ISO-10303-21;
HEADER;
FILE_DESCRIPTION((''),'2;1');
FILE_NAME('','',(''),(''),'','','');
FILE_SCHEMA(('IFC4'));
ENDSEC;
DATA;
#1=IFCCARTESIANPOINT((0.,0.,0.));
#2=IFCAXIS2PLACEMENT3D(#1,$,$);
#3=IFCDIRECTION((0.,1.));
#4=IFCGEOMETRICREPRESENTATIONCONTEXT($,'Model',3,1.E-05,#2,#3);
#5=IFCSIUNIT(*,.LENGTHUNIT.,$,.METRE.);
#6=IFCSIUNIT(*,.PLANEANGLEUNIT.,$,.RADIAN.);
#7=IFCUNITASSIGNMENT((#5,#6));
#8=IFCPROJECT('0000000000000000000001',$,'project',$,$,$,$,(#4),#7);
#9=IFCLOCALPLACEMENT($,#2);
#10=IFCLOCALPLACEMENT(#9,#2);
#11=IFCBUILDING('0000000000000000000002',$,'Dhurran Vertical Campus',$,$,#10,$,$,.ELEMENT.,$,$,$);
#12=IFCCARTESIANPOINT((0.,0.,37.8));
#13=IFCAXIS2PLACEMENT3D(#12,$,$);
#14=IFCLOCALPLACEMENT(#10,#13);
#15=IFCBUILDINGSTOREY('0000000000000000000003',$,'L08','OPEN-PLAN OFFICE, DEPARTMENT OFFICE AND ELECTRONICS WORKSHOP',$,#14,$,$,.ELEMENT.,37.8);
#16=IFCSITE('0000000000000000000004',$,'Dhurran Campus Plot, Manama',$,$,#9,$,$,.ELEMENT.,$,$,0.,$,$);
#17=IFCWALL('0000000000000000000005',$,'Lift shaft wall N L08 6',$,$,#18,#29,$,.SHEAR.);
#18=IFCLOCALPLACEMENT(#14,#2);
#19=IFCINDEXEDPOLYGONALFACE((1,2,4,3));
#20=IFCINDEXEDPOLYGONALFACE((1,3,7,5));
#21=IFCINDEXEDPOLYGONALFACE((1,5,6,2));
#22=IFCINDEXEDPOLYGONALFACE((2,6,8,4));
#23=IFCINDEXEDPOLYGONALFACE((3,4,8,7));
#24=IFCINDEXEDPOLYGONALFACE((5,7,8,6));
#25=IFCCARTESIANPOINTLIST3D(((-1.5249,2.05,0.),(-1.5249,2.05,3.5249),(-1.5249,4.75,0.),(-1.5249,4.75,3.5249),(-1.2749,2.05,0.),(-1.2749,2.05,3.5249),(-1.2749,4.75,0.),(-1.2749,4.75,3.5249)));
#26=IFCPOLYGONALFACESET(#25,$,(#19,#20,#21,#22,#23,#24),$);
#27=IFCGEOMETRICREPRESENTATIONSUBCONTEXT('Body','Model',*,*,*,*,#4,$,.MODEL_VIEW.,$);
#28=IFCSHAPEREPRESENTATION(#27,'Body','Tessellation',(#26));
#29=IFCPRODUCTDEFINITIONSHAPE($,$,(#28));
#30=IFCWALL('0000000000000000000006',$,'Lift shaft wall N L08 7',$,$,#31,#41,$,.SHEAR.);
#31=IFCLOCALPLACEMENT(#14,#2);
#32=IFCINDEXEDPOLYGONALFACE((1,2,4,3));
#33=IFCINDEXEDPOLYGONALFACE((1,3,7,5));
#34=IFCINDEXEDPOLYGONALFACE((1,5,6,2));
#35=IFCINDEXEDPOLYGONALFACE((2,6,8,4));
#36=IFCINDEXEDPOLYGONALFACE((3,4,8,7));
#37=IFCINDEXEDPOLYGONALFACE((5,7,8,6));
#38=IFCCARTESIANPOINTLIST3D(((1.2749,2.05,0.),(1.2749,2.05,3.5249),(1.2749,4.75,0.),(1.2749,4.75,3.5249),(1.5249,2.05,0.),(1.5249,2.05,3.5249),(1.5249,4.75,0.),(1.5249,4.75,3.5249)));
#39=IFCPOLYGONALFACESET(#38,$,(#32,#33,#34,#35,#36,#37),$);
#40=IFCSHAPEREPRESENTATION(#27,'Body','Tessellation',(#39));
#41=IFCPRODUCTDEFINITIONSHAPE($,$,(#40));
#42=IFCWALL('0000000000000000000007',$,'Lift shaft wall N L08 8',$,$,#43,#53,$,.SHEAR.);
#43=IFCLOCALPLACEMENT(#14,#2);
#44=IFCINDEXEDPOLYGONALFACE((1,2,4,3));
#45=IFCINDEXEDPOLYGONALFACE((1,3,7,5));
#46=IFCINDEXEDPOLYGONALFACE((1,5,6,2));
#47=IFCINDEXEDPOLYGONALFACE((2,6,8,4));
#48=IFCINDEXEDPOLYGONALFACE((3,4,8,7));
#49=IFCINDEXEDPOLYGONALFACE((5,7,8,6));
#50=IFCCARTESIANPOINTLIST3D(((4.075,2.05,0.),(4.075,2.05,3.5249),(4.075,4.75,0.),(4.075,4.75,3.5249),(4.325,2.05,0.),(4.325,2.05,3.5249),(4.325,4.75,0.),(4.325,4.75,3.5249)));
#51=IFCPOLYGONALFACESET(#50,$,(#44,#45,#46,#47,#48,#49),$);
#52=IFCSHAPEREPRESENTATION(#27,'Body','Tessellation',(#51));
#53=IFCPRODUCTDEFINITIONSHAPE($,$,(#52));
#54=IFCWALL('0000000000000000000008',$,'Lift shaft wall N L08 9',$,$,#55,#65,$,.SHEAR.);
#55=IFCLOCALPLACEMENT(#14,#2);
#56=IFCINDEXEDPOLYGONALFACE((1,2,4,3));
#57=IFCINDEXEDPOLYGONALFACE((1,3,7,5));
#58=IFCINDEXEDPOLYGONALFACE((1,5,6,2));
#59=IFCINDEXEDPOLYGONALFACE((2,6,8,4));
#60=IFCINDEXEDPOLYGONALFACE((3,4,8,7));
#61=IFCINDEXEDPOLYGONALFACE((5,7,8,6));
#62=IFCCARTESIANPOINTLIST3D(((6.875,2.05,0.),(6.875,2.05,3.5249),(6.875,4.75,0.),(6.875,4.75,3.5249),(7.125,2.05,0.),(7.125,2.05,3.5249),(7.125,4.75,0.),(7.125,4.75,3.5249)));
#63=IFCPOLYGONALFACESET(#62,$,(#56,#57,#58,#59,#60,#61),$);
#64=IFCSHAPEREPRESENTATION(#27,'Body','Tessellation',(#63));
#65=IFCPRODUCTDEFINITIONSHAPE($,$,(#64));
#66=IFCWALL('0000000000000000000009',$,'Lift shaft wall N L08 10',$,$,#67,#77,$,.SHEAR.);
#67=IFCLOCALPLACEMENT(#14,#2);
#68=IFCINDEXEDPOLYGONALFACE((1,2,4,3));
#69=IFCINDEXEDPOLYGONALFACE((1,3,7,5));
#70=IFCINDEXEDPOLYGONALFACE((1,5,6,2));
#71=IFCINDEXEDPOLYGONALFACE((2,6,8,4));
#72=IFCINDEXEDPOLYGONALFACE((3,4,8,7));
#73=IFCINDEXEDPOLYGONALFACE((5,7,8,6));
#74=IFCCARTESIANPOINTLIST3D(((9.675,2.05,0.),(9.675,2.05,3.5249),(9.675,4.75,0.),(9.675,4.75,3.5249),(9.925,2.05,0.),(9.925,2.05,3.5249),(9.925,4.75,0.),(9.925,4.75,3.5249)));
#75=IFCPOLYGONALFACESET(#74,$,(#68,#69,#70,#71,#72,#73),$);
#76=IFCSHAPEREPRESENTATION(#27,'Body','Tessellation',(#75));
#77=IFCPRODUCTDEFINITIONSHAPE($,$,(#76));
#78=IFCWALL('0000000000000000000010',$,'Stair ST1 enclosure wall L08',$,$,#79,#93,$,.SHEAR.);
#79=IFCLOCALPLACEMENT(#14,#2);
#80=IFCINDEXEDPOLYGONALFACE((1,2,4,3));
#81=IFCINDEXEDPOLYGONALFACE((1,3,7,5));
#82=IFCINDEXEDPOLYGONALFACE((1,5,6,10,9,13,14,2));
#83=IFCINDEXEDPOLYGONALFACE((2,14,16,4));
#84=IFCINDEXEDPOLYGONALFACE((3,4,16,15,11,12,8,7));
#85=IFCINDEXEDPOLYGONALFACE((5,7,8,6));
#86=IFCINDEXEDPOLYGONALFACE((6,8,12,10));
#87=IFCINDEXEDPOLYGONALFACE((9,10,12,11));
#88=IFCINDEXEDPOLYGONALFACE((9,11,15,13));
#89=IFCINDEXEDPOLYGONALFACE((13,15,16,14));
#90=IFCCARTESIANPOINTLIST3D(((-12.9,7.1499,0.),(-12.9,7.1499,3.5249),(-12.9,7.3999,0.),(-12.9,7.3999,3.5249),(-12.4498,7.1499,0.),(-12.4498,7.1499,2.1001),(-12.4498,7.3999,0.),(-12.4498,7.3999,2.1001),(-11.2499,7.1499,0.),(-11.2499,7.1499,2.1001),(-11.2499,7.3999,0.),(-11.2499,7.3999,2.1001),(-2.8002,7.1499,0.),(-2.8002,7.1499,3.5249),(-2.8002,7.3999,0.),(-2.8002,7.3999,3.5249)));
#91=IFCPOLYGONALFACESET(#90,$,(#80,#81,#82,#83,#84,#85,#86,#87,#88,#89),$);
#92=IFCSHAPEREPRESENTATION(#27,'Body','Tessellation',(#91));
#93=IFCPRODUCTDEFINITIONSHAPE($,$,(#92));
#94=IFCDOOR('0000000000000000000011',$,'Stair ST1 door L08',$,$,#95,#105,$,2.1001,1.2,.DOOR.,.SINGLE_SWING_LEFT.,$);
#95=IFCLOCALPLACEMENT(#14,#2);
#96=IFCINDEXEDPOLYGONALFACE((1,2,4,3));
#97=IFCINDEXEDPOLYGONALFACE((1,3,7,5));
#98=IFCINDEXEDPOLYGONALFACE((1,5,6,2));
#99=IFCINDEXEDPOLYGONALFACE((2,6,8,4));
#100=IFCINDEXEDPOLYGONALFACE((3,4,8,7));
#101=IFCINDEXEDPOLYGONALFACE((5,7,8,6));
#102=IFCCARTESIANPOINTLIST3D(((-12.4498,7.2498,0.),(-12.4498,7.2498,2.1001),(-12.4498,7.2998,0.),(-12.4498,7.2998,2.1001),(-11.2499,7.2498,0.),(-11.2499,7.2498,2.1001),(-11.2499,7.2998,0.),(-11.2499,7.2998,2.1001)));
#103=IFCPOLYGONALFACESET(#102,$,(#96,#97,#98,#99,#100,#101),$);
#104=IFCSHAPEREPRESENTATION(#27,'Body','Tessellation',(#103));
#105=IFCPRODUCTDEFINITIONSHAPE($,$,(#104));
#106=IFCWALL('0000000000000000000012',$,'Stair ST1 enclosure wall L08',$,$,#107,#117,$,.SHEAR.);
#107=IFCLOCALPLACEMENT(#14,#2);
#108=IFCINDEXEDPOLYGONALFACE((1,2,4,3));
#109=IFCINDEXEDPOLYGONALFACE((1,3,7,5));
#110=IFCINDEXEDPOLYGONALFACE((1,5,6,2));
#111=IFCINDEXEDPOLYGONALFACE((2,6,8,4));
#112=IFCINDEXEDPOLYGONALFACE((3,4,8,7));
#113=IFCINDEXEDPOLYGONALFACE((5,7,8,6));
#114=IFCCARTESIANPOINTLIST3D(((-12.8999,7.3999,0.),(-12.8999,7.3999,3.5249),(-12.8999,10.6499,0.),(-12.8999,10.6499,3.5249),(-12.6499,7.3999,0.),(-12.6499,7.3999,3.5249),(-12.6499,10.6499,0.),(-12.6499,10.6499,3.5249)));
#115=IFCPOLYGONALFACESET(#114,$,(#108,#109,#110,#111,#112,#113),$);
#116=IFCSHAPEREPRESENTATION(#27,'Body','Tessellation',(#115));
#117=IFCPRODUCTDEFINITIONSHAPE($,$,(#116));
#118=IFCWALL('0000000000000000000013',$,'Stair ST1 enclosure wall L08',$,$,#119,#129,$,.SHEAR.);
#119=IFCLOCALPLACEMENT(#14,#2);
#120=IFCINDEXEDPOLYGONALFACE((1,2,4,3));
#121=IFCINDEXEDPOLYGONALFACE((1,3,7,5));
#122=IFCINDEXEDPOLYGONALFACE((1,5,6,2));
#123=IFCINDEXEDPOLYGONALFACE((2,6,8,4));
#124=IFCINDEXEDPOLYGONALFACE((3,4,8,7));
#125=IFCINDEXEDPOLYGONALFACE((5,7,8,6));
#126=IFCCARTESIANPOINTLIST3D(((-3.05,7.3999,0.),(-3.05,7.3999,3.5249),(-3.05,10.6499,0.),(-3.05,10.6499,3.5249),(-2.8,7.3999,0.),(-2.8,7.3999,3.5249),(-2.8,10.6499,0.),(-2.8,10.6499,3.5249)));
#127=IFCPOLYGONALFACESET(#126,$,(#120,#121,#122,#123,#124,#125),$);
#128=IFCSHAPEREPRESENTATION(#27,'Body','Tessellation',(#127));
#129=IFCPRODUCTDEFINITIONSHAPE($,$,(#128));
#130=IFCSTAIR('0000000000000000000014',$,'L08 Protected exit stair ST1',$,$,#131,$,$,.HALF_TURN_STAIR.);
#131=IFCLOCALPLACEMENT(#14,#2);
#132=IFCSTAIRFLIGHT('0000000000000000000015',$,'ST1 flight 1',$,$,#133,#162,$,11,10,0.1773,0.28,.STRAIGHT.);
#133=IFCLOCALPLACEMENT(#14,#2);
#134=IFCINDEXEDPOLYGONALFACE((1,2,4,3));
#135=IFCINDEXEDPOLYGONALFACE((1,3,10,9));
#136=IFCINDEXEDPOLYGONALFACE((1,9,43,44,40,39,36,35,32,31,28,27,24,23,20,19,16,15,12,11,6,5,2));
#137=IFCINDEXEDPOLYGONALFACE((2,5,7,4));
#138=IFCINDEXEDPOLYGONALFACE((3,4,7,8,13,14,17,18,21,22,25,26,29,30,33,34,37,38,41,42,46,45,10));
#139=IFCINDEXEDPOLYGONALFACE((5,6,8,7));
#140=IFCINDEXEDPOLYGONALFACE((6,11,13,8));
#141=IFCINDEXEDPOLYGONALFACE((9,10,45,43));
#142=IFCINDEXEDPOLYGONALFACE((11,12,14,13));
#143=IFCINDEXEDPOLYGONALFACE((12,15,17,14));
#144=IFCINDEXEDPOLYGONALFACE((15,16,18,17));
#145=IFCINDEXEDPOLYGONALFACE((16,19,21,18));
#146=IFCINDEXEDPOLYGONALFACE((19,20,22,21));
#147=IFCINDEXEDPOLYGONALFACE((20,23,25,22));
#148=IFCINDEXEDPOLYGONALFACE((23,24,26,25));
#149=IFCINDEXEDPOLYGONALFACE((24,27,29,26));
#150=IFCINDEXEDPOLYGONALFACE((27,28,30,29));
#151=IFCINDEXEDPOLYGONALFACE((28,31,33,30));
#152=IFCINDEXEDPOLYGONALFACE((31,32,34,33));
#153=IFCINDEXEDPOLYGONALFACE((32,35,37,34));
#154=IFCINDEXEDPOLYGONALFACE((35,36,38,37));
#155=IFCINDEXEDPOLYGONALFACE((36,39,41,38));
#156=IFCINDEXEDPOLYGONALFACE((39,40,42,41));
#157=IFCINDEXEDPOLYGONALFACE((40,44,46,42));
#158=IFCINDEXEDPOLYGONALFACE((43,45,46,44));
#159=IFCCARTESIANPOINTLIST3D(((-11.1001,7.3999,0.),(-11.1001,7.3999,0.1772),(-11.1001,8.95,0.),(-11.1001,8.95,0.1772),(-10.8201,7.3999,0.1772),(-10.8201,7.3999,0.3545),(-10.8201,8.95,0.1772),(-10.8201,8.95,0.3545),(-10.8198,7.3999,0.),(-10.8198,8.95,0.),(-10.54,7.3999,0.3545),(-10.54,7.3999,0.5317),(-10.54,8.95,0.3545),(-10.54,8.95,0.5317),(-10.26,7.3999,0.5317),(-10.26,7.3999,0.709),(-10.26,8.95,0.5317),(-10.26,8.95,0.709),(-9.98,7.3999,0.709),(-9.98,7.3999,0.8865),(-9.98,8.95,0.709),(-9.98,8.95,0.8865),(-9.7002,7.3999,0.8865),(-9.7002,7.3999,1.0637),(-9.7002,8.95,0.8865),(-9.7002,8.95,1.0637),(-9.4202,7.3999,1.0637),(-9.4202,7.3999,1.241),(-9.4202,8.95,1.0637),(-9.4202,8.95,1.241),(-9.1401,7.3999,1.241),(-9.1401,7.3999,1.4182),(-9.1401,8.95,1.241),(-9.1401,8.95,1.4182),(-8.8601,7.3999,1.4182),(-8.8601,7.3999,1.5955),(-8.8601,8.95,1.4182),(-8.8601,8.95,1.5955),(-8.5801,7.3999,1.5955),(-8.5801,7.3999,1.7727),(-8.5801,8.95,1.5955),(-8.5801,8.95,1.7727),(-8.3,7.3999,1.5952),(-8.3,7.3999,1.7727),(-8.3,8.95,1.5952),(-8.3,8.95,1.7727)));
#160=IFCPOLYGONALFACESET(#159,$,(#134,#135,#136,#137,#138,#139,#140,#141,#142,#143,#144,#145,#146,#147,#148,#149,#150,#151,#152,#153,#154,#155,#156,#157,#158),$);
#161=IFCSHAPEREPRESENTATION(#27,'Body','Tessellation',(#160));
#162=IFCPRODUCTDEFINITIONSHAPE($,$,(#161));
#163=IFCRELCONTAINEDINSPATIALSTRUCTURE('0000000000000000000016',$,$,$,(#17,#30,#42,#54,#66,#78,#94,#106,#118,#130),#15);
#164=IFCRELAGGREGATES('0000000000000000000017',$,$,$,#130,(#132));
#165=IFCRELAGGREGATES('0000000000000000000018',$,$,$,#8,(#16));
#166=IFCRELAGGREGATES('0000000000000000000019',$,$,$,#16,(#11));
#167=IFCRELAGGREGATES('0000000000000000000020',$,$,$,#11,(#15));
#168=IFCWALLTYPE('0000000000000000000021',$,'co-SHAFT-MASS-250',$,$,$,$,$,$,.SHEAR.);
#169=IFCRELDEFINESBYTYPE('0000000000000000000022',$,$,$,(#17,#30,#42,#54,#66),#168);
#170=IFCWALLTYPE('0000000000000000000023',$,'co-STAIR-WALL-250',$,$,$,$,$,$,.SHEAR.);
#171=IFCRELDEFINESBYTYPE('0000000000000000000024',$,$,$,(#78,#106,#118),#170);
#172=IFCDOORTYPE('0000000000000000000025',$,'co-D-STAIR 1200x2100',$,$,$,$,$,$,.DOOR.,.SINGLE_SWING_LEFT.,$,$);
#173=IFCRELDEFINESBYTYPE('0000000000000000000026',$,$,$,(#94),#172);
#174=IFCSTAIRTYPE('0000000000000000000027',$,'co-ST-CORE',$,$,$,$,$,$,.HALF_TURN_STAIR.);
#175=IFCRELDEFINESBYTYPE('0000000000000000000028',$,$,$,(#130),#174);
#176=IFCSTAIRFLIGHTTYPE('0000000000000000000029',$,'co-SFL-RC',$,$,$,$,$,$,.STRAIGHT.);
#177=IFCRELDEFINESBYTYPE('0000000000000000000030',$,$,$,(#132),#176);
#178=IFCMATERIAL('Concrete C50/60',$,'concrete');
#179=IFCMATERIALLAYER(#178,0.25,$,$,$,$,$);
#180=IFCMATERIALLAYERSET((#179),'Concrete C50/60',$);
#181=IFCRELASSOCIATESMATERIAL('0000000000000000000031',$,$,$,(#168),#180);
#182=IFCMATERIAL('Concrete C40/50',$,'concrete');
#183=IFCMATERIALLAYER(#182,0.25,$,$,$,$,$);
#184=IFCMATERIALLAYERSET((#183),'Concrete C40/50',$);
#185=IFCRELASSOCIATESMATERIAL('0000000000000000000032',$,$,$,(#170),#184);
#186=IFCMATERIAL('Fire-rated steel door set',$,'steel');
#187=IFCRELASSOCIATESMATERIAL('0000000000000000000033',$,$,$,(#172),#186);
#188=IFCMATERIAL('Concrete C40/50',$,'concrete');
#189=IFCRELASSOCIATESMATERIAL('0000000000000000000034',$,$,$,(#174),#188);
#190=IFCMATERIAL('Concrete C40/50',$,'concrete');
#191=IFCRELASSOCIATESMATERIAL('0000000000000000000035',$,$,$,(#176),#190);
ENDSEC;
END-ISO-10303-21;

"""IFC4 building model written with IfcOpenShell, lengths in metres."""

from ifc_helpers import new_model, si_unit, direction, frame, frame_2d, origin, place, context, subcontext, project, spatial, polyline, rectangle, outline, extrude, material, layer, layer_set, type_object, element, fill, aggregate, save


model = new_model("IFC4")

# Units and contexts
model_context = context("Model", 3, precision=1e-05, world=origin(), true_north=direction((0.0, 1.0)))
body_context = subcontext(model_context, "Body", "Model", "MODEL_VIEW")
ifc_project = project(units=[si_unit("LENGTHUNIT", "METRE"), si_unit("PLANEANGLEUNIT", "RADIAN")], contexts=[model_context])

# Site, building, storey
site_placement = place(None, origin())
site = spatial("IfcSite", under=ifc_project, at=site_placement, Name="Dhurran Campus Plot, Manama", CompositionType="ELEMENT", RefElevation=0.0)
building_placement = place(site_placement, origin())
building = spatial("IfcBuilding", under=site, at=building_placement, Name="Dhurran Vertical Campus", CompositionType="ELEMENT")
storey_placement = place(building_placement, frame((0.0, 0.0, 37.8)))
storey = spatial("IfcBuildingStorey", under=building, at=storey_placement, Name="L08", Description="OPEN-PLAN OFFICE, DEPARTMENT OFFICE AND ELECTRONICS WORKSHOP", CompositionType="ELEMENT", Elevation=37.8)

# Walls
ifc_material_1 = material(Name="Concrete C50/60", Category="concrete")
ifc_layer_1 = layer(ifc_material_1, 0.25)
ifc_layer_set_1 = layer_set([ifc_layer_1], Name="Concrete C50/60")
wall_type_1 = type_object("IfcWallType", Name="co-SHAFT-MASS-250", PredefinedType="SHEAR", material=ifc_layer_set_1)
wall_1_placement = place(storey_placement, origin())
element("IfcWall", 1, at=wall_1_placement, inside=storey, type_object=wall_type_1, Name="Lift shaft wall N L08 6", PredefinedType="SHEAR", context=body_context, shape_type="SweptSolid", body=[
    extrude(outline(polyline([(-1.5249, 2.05), (-1.2749, 2.05), (-1.2749, 4.75), (-1.5249, 4.75), (-1.5249, 2.05)])), origin(), (0.0, 0.0, 1.0), 3.5249),
])
wall_2_placement = place(storey_placement, origin())
element("IfcWall", 2, at=wall_2_placement, inside=storey, type_object=wall_type_1, Name="Lift shaft wall N L08 7", PredefinedType="SHEAR", context=body_context, shape_type="SweptSolid", body=[
    extrude(outline(polyline([(1.2749, 2.05), (1.5249, 2.05), (1.5249, 4.75), (1.2749, 4.75), (1.2749, 2.05)])), origin(), (0.0, 0.0, 1.0), 3.5249),
])
wall_3_placement = place(storey_placement, origin())
element("IfcWall", 3, at=wall_3_placement, inside=storey, type_object=wall_type_1, Name="Lift shaft wall N L08 8", PredefinedType="SHEAR", context=body_context, shape_type="SweptSolid", body=[
    extrude(outline(polyline([(4.075, 2.05), (4.325, 2.05), (4.325, 4.75), (4.075, 4.75), (4.075, 2.05)])), origin(), (0.0, 0.0, 1.0), 3.5249),
])
wall_4_placement = place(storey_placement, origin())
element("IfcWall", 4, at=wall_4_placement, inside=storey, type_object=wall_type_1, Name="Lift shaft wall N L08 9", PredefinedType="SHEAR", context=body_context, shape_type="SweptSolid", body=[
    extrude(outline(polyline([(6.875, 2.05), (7.125, 2.05), (7.125, 4.75), (6.875, 4.75), (6.875, 2.05)])), origin(), (0.0, 0.0, 1.0), 3.5249),
])
wall_5_placement = place(storey_placement, origin())
element("IfcWall", 5, at=wall_5_placement, inside=storey, type_object=wall_type_1, Name="Lift shaft wall N L08 10", PredefinedType="SHEAR", context=body_context, shape_type="SweptSolid", body=[
    extrude(outline(polyline([(9.675, 2.05), (9.925, 2.05), (9.925, 4.75), (9.675, 4.75), (9.675, 2.05)])), origin(), (0.0, 0.0, 1.0), 3.5249),
])

# Wall, opening, door
ifc_material_2 = material(Name="Concrete C40/50", Category="concrete")
ifc_layer_2 = layer(ifc_material_2, 0.25)
ifc_layer_set_2 = layer_set([ifc_layer_2], Name="Concrete C40/50")
wall_type_2 = type_object("IfcWallType", Name="co-STAIR-WALL-250", PredefinedType="SHEAR", material=ifc_layer_set_2)
wall_6_placement = place(storey_placement, frame((-12.8999, 7.2749, 0.0), z_axis=(0.0, 0.0, 1.0), x_axis=(1.0, 0.0, 0.0)))
wall_6 = element("IfcWall", 6, at=wall_6_placement, inside=storey, type_object=wall_type_2, Name="Stair ST1 enclosure wall L08", PredefinedType="SHEAR", context=body_context, shape_type="SweptSolid", body=[
    extrude(rectangle(XDim=10.0999, YDim=0.25, at=frame_2d((5.0498, 0.0))), origin(), (0.0, 0.0, 1.0), 3.5249),
])
opening_1_placement = place(wall_6_placement, frame((0.45, 0.0, 0.0)))
opening_1 = element("IfcOpeningElement", 7, at=opening_1_placement, cuts=wall_6, PredefinedType="OPENING", context=body_context, shape_type="SweptSolid", body=[
    extrude(rectangle(XDim=1.2, YDim=2.1001, at=frame_2d((0.6001, 1.05))), frame((0.0, 0.135, 0.0), z_axis=(0.0, -1.0, 0.0), x_axis=(1.0, 0.0, 0.0)), (0.0, 0.0, 1.0), 0.27),
])
ifc_material_3 = material(Name="Fire-rated steel door set", Category="steel")
door_type_1 = type_object("IfcDoorType", Name="co-D-STAIR 1200x2100", OperationType="SINGLE_SWING_LEFT", PredefinedType="DOOR", material=ifc_material_3)
door_1_placement = place(opening_1_placement, origin())
door_1 = element("IfcDoor", 8, at=door_1_placement, inside=storey, type_object=door_type_1, Name="Stair ST1 door L08", OperationType="SINGLE_SWING_LEFT", OverallHeight=2.1001, OverallWidth=1.2, PredefinedType="DOOR", context=body_context, shape_type="SweptSolid", body=[
    extrude(rectangle(XDim=1.2, YDim=2.1001, at=frame_2d((0.6001, 1.05))), frame((0.0, 0.0249, 0.0), z_axis=(0.0, -1.0, 0.0), x_axis=(1.0, 0.0, 0.0)), (0.0, 0.0, 1.0), 0.05),
])
fill(opening_1, door_1)

# Walls
for number, where, z_axis, x_axis, name in (
    (9, (-12.7749, 7.3999, 0.0), (0.0, 0.0, 1.0), (0.0, 1.0, 0.0), "Stair ST1 enclosure wall L08"),
    (10, (-2.925, 7.3999, 0.0), (0.0, 0.0, 1.0), (0.0, 1.0, 0.0), "Stair ST1 enclosure wall L08"),
):
    element("IfcWall", number, at=place(storey_placement, frame(where, z_axis=z_axis, x_axis=x_axis)), inside=storey, type_object=wall_type_2, Name=name, PredefinedType="SHEAR", context=body_context, shape_type="SweptSolid", body=[
        extrude(rectangle(XDim=3.25, YDim=0.25, at=frame_2d((1.625, 0.0))), origin(), (0.0, 0.0, 1.0), 3.5249),
    ])

# Stair, stair flight
ifc_material_4 = material(Name="Concrete C40/50", Category="concrete")
stair_type = type_object("IfcStairType", Name="co-ST-CORE", PredefinedType="HALF_TURN_STAIR", material=ifc_material_4)
stair_placement = place(storey_placement, origin())
stair = element("IfcStair", 11, at=stair_placement, inside=storey, type_object=stair_type, Name="L08 Protected exit stair ST1", PredefinedType="HALF_TURN_STAIR")
ifc_material_5 = material(Name="Concrete C40/50", Category="concrete")
stair_flight_type = type_object("IfcStairFlightType", Name="co-SFL-RC", PredefinedType="STRAIGHT", material=ifc_material_5)
stair_flight_placement = place(storey_placement, frame((-11.1001, 8.175, 0.0), z_axis=(0.0, 0.0, 1.0), x_axis=(1.0, 0.0, 0.0)))
stair_flight = element("IfcStairFlight", 12, at=stair_flight_placement, type_object=stair_flight_type, Name="ST1 flight 1", NumberOfRisers=11, NumberOfTreads=10, PredefinedType="STRAIGHT", RiserHeight=0.1773, TreadLength=0.28, context=body_context, shape_type="SweptSolid", body=[
    extrude(outline(polyline([(0.0, 0.0), (0.0, 0.1772), (0.28, 0.1772), (0.28, 0.3545), (0.5601, 0.3545), (0.5601, 0.5317), (0.8401, 0.5317), (0.8401, 0.709), (1.1201, 0.709), (1.1201, 0.8865), (1.3999, 0.8865), (1.3999, 1.0637), (1.6799, 1.0637), (1.6799, 1.241), (1.96, 1.241), (1.96, 1.4182), (2.24, 1.4182), (2.24, 1.5955), (2.52, 1.5955), (2.52, 1.7727), (2.8, 1.7727), (2.8, 1.95), (2.8, 1.5952), (0.2803, 0.0), (0.0, 0.0)])), frame((0.0, 0.7749, 0.0), z_axis=(0.0, -1.0, 0.0), x_axis=(1.0, 0.0, 0.0)), (0.0, 0.0, 1.0), 1.55),
])
aggregate(stair, [stair_flight])

save(model, "model.ifc")
